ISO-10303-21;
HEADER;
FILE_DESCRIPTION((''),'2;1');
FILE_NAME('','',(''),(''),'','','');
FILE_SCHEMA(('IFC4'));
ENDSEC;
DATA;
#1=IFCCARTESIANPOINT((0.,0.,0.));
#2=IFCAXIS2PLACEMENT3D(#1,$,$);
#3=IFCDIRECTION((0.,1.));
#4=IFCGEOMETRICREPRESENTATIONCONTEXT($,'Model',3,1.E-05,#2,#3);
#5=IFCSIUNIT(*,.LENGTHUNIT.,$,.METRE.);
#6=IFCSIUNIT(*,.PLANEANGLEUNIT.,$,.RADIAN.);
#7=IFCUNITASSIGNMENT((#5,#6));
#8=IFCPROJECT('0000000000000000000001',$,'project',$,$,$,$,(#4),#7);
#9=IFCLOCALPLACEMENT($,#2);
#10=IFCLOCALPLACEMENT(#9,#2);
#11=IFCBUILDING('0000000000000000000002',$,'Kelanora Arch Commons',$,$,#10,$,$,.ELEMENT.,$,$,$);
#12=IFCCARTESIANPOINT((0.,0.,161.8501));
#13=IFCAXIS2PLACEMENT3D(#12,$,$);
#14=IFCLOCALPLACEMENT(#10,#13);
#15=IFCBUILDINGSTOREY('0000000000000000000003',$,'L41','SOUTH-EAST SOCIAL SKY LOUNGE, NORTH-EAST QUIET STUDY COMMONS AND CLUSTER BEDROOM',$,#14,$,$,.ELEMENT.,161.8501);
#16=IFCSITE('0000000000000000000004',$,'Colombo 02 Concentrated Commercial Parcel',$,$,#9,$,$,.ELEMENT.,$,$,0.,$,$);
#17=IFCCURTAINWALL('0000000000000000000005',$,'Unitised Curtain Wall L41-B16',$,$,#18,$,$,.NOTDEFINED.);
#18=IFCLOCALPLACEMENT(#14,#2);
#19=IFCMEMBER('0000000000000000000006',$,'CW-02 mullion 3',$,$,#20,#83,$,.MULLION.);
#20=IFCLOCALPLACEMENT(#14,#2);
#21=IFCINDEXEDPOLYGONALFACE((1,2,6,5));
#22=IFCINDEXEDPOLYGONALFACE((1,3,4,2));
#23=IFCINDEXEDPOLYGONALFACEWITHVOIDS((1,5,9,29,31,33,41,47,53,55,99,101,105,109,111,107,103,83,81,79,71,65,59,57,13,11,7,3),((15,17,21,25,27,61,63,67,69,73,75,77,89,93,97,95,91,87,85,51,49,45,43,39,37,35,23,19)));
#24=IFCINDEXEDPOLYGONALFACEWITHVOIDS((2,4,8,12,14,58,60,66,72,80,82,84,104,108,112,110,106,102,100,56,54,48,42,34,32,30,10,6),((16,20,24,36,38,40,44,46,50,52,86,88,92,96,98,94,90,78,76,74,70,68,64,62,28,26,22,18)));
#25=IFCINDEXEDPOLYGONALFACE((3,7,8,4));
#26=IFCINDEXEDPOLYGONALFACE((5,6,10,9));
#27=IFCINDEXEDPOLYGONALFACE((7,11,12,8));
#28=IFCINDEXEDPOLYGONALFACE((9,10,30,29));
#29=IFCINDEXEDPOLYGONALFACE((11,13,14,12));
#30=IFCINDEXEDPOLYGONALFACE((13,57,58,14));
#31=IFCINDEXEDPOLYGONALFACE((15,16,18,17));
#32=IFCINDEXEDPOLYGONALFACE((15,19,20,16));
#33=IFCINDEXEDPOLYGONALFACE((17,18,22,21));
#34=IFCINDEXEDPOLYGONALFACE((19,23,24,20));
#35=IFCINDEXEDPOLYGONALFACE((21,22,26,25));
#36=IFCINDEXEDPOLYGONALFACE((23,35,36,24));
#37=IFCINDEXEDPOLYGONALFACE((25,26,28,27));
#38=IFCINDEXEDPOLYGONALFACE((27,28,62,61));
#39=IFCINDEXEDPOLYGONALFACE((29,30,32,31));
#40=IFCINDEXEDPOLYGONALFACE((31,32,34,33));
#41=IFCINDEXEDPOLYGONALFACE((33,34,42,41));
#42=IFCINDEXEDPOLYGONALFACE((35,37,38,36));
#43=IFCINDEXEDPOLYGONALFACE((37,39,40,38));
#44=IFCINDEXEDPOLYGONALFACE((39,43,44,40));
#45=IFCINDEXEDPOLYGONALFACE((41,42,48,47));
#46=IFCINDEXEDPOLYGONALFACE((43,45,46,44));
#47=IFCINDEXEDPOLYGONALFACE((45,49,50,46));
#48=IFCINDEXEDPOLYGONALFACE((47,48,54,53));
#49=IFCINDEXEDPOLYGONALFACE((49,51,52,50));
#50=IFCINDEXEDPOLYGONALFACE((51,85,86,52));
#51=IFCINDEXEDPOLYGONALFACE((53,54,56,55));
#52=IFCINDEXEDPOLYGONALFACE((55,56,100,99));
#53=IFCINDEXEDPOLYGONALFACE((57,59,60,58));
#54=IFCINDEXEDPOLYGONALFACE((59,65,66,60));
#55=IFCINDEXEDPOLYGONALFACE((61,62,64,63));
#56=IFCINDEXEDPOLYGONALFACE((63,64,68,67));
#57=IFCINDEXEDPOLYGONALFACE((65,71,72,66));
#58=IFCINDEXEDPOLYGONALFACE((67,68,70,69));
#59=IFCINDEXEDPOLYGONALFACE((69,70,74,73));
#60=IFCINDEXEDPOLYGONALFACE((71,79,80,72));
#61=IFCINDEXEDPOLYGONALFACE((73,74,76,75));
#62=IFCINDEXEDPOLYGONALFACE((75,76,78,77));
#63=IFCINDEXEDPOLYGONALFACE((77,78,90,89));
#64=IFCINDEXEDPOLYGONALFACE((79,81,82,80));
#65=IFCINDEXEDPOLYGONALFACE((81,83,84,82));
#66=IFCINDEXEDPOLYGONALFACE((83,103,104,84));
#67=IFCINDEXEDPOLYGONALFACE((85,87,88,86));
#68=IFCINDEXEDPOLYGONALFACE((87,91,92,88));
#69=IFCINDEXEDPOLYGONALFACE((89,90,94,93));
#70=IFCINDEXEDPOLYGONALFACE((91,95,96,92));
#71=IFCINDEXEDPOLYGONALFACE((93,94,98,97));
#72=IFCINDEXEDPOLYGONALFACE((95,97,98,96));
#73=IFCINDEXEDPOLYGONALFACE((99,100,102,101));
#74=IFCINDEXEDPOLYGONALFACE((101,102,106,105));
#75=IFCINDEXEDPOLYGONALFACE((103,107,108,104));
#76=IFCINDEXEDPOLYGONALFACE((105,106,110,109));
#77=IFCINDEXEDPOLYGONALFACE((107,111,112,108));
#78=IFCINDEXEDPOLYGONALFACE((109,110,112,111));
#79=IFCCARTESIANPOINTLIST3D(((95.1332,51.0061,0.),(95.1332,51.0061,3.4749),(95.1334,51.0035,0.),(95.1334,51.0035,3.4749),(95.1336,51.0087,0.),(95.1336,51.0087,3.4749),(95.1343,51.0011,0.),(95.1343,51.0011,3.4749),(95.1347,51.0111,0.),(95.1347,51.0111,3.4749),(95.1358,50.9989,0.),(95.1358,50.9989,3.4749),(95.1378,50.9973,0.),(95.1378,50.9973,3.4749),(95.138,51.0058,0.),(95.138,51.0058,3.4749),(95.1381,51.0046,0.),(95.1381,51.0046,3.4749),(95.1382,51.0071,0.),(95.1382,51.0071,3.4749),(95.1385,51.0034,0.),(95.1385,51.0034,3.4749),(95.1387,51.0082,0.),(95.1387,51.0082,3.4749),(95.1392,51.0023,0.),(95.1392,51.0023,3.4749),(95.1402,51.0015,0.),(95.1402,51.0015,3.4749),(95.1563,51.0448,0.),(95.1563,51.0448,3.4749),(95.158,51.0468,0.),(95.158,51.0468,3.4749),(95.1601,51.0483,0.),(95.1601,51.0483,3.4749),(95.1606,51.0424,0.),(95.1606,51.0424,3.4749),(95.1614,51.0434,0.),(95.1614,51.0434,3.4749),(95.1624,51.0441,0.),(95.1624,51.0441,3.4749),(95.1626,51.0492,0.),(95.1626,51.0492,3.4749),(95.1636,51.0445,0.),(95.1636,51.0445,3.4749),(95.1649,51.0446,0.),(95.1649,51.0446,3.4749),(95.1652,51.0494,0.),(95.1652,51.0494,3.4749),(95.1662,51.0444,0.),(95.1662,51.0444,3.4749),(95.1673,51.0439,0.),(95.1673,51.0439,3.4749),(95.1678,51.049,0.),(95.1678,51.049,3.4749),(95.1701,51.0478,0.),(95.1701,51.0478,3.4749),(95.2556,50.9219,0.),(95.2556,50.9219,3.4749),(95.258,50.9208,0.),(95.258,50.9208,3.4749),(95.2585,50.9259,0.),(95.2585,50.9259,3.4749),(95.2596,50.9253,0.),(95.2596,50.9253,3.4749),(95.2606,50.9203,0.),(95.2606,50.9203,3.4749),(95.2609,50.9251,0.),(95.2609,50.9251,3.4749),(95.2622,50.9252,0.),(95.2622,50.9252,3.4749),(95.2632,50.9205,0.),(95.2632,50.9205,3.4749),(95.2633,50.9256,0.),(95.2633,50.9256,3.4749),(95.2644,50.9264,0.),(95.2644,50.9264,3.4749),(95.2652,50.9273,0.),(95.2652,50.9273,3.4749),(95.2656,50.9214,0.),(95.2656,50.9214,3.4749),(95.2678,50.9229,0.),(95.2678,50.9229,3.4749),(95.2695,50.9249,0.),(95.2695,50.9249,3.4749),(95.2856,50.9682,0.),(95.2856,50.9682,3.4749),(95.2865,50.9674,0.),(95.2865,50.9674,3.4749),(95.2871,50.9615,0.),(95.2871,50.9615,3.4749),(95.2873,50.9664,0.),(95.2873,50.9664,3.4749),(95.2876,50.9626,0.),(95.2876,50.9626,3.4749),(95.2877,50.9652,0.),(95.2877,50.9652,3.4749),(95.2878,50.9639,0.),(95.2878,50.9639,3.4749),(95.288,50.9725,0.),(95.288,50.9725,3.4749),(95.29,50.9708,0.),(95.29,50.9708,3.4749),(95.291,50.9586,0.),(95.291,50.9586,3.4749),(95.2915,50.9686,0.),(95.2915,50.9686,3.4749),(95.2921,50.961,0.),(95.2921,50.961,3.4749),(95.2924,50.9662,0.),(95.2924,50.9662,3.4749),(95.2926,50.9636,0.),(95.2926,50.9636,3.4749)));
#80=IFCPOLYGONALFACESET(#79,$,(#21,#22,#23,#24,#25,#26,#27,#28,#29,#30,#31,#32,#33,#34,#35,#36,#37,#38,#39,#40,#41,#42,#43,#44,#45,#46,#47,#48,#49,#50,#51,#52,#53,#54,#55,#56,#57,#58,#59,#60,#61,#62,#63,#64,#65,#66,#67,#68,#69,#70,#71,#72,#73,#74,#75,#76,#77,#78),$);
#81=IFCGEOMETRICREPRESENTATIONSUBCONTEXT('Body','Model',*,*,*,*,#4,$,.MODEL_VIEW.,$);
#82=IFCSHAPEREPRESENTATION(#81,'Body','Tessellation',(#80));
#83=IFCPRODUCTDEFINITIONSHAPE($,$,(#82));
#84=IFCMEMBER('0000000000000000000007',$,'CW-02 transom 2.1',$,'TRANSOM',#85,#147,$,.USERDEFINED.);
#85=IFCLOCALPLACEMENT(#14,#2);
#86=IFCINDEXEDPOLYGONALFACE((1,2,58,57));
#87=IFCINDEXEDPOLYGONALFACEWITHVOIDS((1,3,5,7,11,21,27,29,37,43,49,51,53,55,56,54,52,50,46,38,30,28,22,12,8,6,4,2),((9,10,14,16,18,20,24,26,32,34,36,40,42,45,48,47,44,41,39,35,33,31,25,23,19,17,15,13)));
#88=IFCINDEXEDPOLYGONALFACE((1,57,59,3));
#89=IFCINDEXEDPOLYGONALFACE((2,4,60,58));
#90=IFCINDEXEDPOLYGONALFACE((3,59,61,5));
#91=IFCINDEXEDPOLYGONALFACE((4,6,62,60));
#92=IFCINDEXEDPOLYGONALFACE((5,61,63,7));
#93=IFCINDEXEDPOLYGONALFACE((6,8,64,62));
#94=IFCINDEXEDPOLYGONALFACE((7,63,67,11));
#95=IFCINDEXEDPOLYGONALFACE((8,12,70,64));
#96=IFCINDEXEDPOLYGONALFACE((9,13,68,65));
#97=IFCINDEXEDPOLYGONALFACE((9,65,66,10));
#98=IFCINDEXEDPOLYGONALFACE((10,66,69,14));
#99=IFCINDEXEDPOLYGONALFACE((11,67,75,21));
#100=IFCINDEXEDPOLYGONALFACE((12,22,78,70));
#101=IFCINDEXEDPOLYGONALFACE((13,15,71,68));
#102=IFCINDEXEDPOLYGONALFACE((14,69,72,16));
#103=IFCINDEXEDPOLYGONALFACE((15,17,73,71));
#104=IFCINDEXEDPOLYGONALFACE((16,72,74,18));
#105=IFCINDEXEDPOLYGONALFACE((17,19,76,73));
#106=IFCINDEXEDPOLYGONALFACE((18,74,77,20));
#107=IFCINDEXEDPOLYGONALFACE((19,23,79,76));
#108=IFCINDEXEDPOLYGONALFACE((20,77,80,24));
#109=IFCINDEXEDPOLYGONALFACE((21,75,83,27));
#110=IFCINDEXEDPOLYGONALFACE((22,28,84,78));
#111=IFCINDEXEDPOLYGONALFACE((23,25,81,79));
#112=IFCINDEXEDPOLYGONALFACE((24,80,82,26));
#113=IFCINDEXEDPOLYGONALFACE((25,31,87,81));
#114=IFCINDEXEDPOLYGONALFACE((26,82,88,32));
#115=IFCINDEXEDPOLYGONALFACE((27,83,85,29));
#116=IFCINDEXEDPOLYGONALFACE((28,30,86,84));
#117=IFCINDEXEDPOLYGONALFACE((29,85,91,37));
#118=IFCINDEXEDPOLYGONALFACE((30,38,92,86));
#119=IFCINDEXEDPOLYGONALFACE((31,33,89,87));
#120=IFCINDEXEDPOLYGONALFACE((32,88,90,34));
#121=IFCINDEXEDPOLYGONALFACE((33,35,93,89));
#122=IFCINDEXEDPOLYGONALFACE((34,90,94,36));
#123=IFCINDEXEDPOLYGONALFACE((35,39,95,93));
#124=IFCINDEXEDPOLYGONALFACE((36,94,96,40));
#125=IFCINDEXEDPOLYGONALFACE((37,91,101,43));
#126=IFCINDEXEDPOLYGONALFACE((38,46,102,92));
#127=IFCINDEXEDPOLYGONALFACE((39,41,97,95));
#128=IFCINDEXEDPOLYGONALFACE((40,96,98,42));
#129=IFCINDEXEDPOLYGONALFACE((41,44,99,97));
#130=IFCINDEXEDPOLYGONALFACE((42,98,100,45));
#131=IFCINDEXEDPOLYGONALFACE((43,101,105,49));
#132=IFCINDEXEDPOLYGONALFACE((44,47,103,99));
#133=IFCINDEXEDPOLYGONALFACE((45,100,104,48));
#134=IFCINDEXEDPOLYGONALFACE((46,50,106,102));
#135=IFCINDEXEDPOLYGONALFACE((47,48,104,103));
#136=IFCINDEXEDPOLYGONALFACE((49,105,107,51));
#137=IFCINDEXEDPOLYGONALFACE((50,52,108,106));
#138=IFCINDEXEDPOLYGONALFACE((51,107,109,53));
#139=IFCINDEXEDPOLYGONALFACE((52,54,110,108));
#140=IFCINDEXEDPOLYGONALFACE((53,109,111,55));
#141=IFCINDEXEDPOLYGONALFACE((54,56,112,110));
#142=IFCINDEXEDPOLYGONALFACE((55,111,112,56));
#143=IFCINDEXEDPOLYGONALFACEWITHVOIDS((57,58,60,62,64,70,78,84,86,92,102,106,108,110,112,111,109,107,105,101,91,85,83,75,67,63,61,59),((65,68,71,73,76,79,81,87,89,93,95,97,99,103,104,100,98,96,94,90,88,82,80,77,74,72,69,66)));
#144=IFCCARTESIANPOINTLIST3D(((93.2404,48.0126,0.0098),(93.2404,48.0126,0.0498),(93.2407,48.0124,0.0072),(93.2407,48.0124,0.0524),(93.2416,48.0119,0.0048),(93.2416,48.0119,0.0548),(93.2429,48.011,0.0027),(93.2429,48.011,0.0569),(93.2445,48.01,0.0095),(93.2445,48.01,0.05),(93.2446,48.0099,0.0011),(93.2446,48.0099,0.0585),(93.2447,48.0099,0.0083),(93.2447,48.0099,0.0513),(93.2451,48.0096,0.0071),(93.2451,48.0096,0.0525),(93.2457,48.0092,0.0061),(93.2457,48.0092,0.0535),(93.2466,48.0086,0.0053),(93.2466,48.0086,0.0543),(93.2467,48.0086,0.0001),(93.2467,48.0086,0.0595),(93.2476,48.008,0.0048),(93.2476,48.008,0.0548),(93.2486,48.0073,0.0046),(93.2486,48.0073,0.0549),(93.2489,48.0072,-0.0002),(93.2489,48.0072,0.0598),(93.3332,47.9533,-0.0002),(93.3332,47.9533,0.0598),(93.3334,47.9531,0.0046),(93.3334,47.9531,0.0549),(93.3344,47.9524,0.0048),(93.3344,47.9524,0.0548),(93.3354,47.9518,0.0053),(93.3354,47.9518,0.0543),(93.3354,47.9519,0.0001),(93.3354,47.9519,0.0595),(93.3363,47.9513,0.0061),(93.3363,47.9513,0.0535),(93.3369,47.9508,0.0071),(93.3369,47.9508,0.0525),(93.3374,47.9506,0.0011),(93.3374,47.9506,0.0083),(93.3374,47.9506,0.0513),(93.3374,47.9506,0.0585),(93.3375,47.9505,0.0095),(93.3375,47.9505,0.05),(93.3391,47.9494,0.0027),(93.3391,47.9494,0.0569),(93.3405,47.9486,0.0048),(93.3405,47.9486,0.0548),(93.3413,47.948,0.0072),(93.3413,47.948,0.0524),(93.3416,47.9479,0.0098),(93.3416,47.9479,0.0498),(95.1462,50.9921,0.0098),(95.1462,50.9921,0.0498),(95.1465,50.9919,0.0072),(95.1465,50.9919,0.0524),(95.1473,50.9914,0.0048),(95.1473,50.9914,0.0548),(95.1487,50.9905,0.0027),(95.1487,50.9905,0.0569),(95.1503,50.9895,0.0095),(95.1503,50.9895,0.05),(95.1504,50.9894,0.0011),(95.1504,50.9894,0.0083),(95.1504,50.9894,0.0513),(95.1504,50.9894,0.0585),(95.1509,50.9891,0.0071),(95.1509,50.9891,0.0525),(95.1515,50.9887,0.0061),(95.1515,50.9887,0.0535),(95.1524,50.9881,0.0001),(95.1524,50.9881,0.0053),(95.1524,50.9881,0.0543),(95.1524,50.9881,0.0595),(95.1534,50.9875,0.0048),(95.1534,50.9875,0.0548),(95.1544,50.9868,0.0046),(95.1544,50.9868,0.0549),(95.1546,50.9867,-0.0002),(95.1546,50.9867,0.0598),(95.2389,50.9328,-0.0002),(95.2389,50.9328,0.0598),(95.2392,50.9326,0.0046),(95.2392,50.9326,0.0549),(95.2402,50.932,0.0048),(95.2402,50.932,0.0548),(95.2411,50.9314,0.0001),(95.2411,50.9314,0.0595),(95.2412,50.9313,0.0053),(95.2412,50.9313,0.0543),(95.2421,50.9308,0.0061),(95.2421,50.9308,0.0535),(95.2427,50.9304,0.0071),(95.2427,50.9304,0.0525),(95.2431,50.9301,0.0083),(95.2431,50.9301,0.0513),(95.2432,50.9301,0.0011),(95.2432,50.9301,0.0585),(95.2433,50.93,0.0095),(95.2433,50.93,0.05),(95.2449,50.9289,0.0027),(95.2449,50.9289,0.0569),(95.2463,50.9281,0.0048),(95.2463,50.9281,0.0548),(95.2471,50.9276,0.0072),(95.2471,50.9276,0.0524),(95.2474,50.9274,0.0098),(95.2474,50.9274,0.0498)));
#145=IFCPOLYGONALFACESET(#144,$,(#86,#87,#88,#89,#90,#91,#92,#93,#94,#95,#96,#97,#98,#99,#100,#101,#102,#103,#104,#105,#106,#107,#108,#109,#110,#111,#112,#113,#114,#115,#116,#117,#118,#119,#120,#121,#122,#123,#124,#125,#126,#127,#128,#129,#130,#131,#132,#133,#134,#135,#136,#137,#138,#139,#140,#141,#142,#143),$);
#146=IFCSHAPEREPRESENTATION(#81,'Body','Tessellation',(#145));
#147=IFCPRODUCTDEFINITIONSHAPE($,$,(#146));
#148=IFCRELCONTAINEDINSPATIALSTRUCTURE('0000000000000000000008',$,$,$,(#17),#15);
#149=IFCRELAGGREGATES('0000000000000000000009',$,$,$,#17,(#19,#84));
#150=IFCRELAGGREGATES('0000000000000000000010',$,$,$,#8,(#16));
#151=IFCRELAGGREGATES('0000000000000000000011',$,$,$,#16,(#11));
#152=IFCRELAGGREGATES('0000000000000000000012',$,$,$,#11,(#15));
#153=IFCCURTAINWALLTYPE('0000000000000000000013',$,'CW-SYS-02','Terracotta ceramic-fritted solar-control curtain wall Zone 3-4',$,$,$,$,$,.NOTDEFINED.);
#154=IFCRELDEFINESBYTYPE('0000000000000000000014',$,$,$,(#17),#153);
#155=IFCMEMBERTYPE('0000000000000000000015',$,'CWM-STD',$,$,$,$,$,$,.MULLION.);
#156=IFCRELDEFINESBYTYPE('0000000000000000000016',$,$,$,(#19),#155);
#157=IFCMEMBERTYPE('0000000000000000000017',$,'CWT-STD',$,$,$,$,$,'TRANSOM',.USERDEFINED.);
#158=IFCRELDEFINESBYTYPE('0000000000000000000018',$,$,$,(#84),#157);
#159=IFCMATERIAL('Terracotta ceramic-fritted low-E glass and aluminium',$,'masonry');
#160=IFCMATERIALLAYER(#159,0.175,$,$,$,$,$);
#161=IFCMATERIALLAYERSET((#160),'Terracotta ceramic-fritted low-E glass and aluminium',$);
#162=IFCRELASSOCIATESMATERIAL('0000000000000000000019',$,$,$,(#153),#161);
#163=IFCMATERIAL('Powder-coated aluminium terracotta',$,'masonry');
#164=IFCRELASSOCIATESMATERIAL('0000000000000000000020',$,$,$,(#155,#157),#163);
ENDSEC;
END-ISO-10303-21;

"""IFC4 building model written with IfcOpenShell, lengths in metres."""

from ifc_helpers import new_model, si_unit, direction, frame, origin, origin_2d, place, context, subcontext, project, spatial, hollow_rectangle, extrude, material, layer, layer_set, material_profile, profile_set, type_object, element, aggregate, save


model = new_model("IFC4")

# Units and contexts
model_context = context("Model", 3, precision=1e-05, world=origin(), true_north=direction((0.0, 1.0)))
body_context = subcontext(model_context, "Body", "Model", "MODEL_VIEW")
ifc_project = project(units=[si_unit("LENGTHUNIT", "METRE"), si_unit("PLANEANGLEUNIT", "RADIAN")], contexts=[model_context])

# Site, building, storey
site_placement = place(None, origin())
site = spatial("IfcSite", under=ifc_project, at=site_placement, Name="Colombo 02 Concentrated Commercial Parcel", CompositionType="ELEMENT", RefElevation=0.0)
building_placement = place(site_placement, origin())
building = spatial("IfcBuilding", under=site, at=building_placement, Name="Kelanora Arch Commons", CompositionType="ELEMENT")
storey_placement = place(building_placement, frame((0.0, 0.0, 161.8501)))
storey = spatial("IfcBuildingStorey", under=building, at=storey_placement, Name="L41", Description="SOUTH-EAST SOCIAL SKY LOUNGE, NORTH-EAST QUIET STUDY COMMONS AND CLUSTER BEDROOM", CompositionType="ELEMENT", Elevation=161.8501)

# Shared definitions
ifc_material_1 = material(Name="Terracotta ceramic-fritted low-E glass and aluminium", Category="masonry")
ifc_layer_1 = layer(ifc_material_1, 0.175)
ifc_layer_set_1 = layer_set([ifc_layer_1], Name="Terracotta ceramic-fritted low-E glass and aluminium")
curtain_wall_type = type_object("IfcCurtainWallType", Name="CW-SYS-02", Description="Terracotta ceramic-fritted solar-control curtain wall Zone 3-4", PredefinedType="NOTDEFINED", material=ifc_layer_set_1)
ifc_material_2 = material(Name="Powder-coated aluminium terracotta", Category="masonry")
ifc_material_profile_1 = material_profile(ifc_material_2, hollow_rectangle(XDim=0.1599, YDim=0.0601, WallThickness=0.0049, InnerFilletRadius=0.0049, OuterFilletRadius=0.01, at=origin_2d()), Name="CWM160x60")
ifc_profile_set_1 = profile_set([ifc_material_profile_1], Name="Powder-coated aluminium terracotta")
member_type_1 = type_object("IfcMemberType", Name="CWM-STD", PredefinedType="MULLION", material=ifc_profile_set_1)

# Curtain wall, members
curtain_wall_1_placement = place(storey_placement, origin())
curtain_wall_1 = element("IfcCurtainWall", 1, at=curtain_wall_1_placement, inside=storey, type_object=curtain_wall_type, Name="Unitised Curtain Wall L41-B16", PredefinedType="NOTDEFINED")
member_1_placement = place(storey_placement, frame((95.2129, 50.9849, 0.0), z_axis=(0.0, 0.0, 1.0), x_axis=(-0.842423, 0.538817, 0.0)))
member_1 = element("IfcMember", 2, at=member_1_placement, type_object=member_type_1, Name="CW-02 mullion 3", PredefinedType="MULLION", context=body_context, shape_type="SweptSolid", body=[
    extrude(hollow_rectangle(XDim=0.1599, YDim=0.0601, WallThickness=0.0049, InnerFilletRadius=0.0049, OuterFilletRadius=0.01, at=origin_2d()), origin(), (0.0, 0.0, 1.0), 3.4749),
])
ifc_material_profile_2 = material_profile(ifc_material_2, hollow_rectangle(XDim=0.1201, YDim=0.0601, WallThickness=0.0049, InnerFilletRadius=0.0049, OuterFilletRadius=0.01, at=origin_2d()), Name="CWT120x60")
ifc_profile_set_2 = profile_set([ifc_material_profile_2], Name="Powder-coated aluminium terracotta")
member_type_2 = type_object("IfcMemberType", Name="CWT-STD", ElementType="TRANSOM", PredefinedType="USERDEFINED", material=ifc_profile_set_2)
member_2_placement = place(storey_placement, frame((93.291, 47.9802, 0.0298), z_axis=(0.53883, 0.842414, 0.0), x_axis=(-0.842414, 0.53883, 0.0)))
member_2 = element("IfcMember", 3, at=member_2_placement, type_object=member_type_2, Name="CW-02 transom 2.1", ObjectType="TRANSOM", PredefinedType="USERDEFINED", context=body_context, shape_type="SweptSolid", body=[
    extrude(hollow_rectangle(XDim=0.1201, YDim=0.0601, WallThickness=0.0049, InnerFilletRadius=0.0049, OuterFilletRadius=0.01, at=origin_2d()), origin(), (0.0, 0.0, 1.0), 3.5369),
])
aggregate(curtain_wall_1, [member_1, member_2])

save(model, "model.ifc")
